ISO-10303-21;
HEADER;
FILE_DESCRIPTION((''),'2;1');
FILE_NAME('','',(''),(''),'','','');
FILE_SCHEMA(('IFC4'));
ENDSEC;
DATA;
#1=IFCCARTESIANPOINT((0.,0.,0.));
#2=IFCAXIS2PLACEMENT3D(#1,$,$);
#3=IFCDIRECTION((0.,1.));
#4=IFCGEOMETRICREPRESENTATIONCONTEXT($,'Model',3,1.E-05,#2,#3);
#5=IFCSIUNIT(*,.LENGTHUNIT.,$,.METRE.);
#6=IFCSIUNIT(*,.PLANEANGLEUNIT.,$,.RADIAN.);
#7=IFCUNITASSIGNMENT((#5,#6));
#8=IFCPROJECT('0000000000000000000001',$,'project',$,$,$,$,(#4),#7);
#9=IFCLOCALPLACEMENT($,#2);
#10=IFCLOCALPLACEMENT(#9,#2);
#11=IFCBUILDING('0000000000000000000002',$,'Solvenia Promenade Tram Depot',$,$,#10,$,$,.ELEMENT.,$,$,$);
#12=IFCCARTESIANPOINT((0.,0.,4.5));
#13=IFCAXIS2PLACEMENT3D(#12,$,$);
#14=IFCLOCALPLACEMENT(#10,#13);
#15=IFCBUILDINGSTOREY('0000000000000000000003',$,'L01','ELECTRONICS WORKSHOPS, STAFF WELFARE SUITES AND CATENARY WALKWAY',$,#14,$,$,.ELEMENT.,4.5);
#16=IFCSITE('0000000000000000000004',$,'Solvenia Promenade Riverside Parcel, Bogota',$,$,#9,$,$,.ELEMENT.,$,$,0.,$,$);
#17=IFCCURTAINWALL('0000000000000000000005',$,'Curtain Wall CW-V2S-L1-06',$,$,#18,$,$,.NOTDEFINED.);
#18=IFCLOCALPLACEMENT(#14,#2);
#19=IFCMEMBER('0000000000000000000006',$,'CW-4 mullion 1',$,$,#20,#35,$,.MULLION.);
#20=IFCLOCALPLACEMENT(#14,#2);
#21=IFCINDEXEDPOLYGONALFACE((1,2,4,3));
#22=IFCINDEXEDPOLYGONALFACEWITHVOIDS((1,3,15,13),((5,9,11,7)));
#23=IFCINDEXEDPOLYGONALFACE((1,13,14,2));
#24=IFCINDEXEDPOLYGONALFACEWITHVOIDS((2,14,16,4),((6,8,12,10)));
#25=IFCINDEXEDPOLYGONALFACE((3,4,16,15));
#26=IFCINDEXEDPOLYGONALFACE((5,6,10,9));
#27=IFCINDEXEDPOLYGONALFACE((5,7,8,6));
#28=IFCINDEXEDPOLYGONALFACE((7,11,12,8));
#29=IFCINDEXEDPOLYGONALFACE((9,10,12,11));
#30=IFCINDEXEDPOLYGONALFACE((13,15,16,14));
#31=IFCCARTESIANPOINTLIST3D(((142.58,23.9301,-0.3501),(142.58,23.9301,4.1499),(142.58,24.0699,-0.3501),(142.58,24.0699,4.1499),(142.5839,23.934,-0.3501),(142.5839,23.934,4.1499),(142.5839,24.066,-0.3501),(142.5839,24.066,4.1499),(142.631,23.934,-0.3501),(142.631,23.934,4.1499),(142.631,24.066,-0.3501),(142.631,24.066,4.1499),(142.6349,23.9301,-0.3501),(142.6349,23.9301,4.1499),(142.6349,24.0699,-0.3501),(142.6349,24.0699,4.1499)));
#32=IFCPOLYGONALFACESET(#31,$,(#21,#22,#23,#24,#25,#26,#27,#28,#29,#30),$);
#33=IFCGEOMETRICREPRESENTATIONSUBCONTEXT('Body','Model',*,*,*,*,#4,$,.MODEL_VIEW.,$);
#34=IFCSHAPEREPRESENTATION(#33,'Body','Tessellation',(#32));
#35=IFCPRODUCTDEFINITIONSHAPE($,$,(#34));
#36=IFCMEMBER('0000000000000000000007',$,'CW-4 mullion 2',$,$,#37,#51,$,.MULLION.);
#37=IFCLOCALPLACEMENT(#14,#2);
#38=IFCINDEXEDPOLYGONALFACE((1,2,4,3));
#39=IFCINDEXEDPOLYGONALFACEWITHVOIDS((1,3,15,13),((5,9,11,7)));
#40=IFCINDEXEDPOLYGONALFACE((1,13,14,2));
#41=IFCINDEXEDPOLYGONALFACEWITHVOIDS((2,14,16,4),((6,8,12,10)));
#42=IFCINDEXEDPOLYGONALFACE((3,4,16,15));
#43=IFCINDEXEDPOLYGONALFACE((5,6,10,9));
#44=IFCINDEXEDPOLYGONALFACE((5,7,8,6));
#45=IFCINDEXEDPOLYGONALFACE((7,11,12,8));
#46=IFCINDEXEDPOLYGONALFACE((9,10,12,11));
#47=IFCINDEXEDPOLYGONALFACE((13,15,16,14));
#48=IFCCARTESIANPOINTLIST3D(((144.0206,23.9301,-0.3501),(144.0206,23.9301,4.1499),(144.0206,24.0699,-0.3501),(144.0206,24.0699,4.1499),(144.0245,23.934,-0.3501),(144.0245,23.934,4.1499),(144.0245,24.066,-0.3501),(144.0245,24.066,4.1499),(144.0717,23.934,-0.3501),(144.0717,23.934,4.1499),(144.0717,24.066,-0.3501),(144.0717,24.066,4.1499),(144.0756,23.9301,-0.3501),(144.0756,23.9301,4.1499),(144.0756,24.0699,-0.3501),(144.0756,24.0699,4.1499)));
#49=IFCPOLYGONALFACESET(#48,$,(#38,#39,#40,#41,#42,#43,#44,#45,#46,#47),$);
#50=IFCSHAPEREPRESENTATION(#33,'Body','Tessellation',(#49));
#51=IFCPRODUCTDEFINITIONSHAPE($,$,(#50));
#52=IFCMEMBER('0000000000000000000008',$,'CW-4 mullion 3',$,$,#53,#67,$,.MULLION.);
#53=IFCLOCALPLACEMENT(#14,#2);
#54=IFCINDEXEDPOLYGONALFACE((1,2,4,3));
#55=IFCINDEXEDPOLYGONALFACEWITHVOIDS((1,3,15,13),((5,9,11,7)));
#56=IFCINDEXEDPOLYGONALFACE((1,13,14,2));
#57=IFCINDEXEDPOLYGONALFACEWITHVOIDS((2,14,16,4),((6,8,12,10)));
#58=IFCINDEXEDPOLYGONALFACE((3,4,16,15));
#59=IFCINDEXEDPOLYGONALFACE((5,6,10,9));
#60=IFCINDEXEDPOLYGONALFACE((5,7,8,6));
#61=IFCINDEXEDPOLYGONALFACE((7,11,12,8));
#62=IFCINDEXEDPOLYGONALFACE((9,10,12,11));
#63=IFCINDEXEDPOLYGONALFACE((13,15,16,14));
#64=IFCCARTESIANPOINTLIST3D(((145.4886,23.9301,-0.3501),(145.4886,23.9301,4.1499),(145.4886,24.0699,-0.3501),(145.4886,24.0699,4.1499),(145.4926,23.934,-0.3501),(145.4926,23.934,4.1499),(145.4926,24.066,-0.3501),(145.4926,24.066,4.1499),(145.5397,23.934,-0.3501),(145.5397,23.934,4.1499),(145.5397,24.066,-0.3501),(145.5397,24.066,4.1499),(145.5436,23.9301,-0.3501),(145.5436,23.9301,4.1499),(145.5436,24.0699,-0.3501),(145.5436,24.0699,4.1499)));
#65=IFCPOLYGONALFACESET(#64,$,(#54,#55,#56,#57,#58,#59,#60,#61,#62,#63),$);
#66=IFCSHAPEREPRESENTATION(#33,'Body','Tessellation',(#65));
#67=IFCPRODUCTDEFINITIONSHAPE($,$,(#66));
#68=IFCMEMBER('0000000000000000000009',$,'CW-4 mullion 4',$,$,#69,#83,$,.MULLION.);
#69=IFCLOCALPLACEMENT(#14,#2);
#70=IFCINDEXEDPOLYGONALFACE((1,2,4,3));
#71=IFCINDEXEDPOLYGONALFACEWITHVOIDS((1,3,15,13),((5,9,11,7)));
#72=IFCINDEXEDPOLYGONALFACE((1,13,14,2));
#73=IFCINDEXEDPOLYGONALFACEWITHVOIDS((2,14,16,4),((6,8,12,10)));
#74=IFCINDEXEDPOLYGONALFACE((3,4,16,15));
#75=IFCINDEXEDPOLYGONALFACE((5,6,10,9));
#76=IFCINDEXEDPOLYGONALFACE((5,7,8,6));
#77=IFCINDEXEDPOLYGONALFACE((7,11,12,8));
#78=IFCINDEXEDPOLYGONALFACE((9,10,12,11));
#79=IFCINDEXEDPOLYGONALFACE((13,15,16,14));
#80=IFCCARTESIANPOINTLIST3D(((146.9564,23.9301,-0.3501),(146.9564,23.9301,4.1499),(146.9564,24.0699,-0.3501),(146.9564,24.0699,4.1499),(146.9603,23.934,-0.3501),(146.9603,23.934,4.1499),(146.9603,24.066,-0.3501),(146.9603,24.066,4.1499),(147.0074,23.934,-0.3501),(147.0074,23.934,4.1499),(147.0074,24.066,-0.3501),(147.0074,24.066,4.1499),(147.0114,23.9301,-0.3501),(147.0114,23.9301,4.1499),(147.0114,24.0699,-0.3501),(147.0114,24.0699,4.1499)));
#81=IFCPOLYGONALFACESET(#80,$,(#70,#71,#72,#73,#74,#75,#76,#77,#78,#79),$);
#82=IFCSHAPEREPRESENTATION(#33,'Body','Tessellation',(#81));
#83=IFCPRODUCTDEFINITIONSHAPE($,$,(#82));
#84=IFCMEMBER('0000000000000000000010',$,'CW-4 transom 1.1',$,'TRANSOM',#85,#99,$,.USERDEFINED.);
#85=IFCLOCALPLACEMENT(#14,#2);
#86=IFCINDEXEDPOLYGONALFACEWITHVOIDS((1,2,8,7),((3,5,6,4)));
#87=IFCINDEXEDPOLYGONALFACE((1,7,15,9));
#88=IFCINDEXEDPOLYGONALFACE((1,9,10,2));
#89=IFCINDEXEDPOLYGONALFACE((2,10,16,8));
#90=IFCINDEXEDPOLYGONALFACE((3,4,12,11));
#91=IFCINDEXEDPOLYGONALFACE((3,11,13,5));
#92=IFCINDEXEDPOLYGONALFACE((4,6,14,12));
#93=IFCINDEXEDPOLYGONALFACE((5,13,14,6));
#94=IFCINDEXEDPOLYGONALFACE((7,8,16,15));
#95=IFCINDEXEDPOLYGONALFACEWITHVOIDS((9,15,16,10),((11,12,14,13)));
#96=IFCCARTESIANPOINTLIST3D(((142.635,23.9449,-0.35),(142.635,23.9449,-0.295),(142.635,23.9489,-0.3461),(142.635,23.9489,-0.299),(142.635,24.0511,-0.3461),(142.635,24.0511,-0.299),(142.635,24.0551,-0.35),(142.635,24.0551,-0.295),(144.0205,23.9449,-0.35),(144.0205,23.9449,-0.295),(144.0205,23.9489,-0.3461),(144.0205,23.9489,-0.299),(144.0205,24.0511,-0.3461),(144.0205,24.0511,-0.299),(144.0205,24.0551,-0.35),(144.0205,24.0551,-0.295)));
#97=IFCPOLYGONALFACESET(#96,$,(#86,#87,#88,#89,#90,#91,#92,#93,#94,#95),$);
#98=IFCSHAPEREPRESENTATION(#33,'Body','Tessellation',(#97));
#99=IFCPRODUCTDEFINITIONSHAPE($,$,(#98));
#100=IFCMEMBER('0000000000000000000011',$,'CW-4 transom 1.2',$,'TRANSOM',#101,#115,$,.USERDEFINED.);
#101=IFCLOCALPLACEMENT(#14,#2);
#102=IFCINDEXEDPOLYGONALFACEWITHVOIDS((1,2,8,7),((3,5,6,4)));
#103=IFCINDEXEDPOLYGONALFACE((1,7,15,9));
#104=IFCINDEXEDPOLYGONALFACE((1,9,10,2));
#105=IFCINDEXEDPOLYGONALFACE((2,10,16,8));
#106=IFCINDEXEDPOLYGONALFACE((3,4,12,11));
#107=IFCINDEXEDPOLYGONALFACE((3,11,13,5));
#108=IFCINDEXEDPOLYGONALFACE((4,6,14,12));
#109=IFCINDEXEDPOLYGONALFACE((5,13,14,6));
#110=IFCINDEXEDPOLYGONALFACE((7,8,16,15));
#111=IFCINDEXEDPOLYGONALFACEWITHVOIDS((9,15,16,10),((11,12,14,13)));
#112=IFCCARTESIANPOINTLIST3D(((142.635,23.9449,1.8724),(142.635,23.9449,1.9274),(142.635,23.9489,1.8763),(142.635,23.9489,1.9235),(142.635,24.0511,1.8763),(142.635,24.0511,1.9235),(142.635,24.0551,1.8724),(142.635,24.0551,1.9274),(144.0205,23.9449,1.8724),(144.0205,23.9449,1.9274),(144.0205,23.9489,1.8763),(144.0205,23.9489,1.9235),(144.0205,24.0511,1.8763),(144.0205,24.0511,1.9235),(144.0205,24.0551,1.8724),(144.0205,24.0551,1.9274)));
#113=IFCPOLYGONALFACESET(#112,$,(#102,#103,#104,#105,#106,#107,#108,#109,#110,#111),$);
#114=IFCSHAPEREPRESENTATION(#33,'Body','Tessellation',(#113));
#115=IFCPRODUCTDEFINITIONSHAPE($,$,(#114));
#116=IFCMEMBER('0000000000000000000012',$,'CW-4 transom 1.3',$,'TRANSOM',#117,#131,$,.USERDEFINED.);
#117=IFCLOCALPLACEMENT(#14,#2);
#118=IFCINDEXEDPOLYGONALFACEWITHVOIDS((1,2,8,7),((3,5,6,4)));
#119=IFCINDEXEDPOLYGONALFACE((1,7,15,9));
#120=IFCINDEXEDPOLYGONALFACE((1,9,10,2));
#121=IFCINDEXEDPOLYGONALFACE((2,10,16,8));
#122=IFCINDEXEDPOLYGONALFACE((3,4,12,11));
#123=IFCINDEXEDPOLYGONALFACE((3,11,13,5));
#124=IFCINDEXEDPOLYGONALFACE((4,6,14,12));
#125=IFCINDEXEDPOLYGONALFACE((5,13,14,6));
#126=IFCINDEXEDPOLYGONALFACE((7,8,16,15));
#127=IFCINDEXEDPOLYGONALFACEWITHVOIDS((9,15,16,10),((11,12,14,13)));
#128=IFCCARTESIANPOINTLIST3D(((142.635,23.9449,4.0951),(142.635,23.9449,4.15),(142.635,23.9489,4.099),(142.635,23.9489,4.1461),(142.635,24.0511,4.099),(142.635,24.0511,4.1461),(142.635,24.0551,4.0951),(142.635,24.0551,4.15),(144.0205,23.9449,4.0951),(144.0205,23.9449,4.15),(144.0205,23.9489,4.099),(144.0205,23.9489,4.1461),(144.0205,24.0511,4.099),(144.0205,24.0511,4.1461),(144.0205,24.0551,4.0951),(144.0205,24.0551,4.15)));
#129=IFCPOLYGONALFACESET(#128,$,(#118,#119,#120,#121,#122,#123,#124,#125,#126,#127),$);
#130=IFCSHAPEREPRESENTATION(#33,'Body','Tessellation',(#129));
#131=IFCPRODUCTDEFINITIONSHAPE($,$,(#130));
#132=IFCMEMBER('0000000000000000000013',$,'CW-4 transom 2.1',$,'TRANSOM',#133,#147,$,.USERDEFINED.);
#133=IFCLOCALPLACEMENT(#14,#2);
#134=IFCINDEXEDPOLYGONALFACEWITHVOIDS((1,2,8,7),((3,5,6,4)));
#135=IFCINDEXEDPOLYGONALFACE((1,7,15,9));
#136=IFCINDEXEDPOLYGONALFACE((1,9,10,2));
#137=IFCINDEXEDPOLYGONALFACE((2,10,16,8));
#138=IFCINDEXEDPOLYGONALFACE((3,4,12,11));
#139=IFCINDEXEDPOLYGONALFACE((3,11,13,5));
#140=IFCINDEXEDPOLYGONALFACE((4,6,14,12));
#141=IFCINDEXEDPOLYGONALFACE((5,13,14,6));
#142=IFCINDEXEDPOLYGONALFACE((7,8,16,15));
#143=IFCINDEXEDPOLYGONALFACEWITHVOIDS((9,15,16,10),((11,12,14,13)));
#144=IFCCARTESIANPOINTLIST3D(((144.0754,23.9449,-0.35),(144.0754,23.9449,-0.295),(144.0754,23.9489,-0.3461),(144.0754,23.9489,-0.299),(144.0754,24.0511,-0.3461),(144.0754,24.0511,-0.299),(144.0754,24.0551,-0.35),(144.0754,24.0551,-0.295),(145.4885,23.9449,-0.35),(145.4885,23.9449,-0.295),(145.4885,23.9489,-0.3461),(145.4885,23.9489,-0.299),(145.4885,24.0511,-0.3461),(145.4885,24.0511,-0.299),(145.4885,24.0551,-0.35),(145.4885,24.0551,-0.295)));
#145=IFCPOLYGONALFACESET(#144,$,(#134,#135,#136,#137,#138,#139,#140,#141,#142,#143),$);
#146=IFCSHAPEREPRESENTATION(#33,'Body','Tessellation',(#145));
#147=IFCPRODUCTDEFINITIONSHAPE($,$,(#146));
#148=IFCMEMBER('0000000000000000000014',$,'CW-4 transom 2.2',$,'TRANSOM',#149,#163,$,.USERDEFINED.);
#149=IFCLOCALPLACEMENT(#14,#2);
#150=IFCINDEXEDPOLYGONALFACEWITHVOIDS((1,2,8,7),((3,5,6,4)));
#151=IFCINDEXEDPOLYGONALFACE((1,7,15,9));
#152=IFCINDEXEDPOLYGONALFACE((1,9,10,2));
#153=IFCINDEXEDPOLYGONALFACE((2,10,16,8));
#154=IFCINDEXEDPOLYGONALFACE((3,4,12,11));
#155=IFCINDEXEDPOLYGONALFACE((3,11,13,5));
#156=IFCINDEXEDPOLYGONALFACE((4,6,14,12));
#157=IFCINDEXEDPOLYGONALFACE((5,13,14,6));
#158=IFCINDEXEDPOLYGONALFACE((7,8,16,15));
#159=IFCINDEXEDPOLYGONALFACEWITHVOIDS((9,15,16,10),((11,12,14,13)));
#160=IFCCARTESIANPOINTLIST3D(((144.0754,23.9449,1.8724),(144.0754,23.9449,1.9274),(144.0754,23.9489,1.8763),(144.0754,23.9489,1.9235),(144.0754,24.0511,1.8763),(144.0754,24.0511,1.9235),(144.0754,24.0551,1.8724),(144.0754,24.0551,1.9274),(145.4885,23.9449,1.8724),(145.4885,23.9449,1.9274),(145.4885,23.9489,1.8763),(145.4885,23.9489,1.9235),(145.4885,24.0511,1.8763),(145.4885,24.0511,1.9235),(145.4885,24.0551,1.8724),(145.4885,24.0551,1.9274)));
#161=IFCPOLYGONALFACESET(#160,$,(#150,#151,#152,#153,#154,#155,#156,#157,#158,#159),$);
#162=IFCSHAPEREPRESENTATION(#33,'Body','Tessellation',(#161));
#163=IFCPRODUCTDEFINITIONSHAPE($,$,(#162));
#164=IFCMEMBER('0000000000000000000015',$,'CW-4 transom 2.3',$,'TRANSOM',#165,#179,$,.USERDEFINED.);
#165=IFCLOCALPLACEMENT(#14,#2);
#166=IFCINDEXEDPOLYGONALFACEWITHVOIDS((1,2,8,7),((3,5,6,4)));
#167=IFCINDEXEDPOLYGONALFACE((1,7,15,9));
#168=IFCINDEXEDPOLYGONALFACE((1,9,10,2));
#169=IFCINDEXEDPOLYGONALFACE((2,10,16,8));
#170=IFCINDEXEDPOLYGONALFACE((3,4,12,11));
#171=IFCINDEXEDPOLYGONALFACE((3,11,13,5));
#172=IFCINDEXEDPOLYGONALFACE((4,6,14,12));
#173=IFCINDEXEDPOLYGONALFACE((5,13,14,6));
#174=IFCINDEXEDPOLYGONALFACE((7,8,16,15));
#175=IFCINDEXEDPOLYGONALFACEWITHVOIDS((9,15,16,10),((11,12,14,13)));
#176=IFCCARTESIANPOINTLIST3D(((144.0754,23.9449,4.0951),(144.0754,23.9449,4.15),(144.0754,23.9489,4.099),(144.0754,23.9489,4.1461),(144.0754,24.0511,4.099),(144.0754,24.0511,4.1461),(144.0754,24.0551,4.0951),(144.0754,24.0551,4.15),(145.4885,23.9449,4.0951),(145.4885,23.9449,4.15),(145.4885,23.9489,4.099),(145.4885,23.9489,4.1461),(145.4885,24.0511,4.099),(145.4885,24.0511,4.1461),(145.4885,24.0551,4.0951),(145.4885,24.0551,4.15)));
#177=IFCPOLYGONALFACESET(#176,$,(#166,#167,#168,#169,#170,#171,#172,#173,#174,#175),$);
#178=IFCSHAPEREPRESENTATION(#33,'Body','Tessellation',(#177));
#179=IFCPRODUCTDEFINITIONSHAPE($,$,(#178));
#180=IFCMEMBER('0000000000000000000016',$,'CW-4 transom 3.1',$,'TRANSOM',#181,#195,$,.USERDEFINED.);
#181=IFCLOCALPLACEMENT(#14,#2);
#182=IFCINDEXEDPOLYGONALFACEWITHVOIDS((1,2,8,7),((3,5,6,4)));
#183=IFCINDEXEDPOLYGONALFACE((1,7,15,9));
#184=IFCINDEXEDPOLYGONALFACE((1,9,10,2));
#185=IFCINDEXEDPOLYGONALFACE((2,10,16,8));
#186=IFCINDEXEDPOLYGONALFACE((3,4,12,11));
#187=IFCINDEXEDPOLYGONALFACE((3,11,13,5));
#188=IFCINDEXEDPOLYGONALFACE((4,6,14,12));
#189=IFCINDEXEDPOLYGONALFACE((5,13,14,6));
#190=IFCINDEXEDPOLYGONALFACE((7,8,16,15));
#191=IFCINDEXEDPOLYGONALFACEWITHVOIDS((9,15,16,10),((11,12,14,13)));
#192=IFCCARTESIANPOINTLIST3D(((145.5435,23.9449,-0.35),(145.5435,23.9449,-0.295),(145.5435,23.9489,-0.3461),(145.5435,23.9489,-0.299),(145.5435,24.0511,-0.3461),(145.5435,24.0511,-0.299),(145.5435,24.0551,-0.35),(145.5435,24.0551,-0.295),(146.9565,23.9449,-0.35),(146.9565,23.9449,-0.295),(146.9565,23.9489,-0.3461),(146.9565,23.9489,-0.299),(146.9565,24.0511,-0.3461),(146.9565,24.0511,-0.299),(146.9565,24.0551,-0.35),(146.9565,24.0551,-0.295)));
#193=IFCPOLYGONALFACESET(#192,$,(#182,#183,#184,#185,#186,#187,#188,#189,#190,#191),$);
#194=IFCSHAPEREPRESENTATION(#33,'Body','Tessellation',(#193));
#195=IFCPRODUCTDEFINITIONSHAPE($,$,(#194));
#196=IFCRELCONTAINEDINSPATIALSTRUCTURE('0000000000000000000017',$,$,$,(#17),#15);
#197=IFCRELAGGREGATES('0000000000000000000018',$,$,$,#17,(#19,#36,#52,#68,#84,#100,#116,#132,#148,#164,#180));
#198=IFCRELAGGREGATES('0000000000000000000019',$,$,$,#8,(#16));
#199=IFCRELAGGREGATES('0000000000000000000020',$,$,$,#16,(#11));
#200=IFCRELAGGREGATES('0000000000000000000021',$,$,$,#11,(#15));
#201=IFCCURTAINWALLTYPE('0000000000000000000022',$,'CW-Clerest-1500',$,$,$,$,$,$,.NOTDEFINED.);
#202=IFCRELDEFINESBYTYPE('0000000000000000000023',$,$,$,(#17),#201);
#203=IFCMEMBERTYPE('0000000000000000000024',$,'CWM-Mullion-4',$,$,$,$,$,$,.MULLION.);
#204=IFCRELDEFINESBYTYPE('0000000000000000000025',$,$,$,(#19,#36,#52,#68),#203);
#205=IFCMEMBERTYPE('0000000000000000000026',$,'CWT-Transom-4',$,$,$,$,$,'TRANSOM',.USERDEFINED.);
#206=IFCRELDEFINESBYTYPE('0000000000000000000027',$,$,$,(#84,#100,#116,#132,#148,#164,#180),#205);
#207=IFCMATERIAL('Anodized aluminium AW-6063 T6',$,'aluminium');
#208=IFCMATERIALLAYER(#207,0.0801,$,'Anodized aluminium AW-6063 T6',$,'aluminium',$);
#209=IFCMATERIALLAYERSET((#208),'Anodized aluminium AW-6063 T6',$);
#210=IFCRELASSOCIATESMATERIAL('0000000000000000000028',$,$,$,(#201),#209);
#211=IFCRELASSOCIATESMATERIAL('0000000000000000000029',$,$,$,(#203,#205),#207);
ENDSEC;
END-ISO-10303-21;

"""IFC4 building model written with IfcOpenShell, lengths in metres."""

from ifc_helpers import new_model, si_unit, direction, frame, origin, origin_2d, place, context, subcontext, project, spatial, hollow_rectangle, extrude, material, layer, layer_set, material_profile, profile_set, type_object, element, aggregate, save


model = new_model("IFC4")

# Units and contexts
model_context = context("Model", 3, precision=1e-05, world=origin(), true_north=direction((0.0, 1.0)))
body_context = subcontext(model_context, "Body", "Model", "MODEL_VIEW")
ifc_project = project(units=[si_unit("LENGTHUNIT", "METRE"), si_unit("PLANEANGLEUNIT", "RADIAN")], contexts=[model_context])

# Site, building, storey
site_placement = place(None, origin())
site = spatial("IfcSite", under=ifc_project, at=site_placement, Name="Solvenia Promenade Riverside Parcel, Bogota", CompositionType="ELEMENT", RefElevation=0.0)
building_placement = place(site_placement, origin())
building = spatial("IfcBuilding", under=site, at=building_placement, Name="Solvenia Promenade Tram Depot", CompositionType="ELEMENT")
storey_placement = place(building_placement, frame((0.0, 0.0, 4.5)))
storey = spatial("IfcBuildingStorey", under=building, at=storey_placement, Name="L01", Description="ELECTRONICS WORKSHOPS, STAFF WELFARE SUITES AND CATENARY WALKWAY", CompositionType="ELEMENT", Elevation=4.5)

# Curtain wall, members
ifc_material_1 = material(Name="Anodized aluminium AW-6063 T6", Category="aluminium")
ifc_layer_1 = layer(ifc_material_1, 0.0801, Name="Anodized aluminium AW-6063 T6", Category="aluminium")
ifc_layer_set_1 = layer_set([ifc_layer_1], Name="Anodized aluminium AW-6063 T6")
curtain_wall_type = type_object("IfcCurtainWallType", Name="CW-Clerest-1500", PredefinedType="NOTDEFINED", material=ifc_layer_set_1)
curtain_wall_placement = place(storey_placement, origin())
curtain_wall = element("IfcCurtainWall", 1, at=curtain_wall_placement, inside=storey, type_object=curtain_wall_type, Name="Curtain Wall CW-V2S-L1-06", PredefinedType="NOTDEFINED")
ifc_material_profile_1 = material_profile(ifc_material_1, hollow_rectangle(XDim=0.1399, YDim=0.0549, WallThickness=0.0039, at=origin_2d()), Name="ALU-M4", Category="aluminium")
ifc_profile_set_1 = profile_set([ifc_material_profile_1], Name="Anodized aluminium AW-6063 T6")
member_type_1 = type_object("IfcMemberType", Name="CWM-Mullion-4", PredefinedType="MULLION", material=ifc_profile_set_1)
member_1_placement = place(storey_placement, frame((142.6074, 24.0, -0.3501), z_axis=(0.0, 0.0, 1.0), x_axis=(0.0, 1.0, 0.0)))
member_1 = element("IfcMember", 2, at=member_1_placement, type_object=member_type_1, Name="CW-4 mullion 1", PredefinedType="MULLION", context=body_context, shape_type="SweptSolid", body=[
    extrude(hollow_rectangle(XDim=0.1399, YDim=0.0549, WallThickness=0.0039, at=origin_2d()), origin(), (0.0, 0.0, 1.0), 4.5),
])
member_2_placement = place(storey_placement, frame((144.0481, 24.0, -0.3501), z_axis=(0.0, 0.0, 1.0), x_axis=(0.0, 1.0, 0.0)))
member_2 = element("IfcMember", 3, at=member_2_placement, type_object=member_type_1, Name="CW-4 mullion 2", PredefinedType="MULLION", context=body_context, shape_type="SweptSolid", body=[
    extrude(hollow_rectangle(XDim=0.1399, YDim=0.0549, WallThickness=0.0039, at=origin_2d()), origin(), (0.0, 0.0, 1.0), 4.5),
])
member_3_placement = place(storey_placement, frame((145.5161, 24.0, -0.3501), z_axis=(0.0, 0.0, 1.0), x_axis=(0.0, 1.0, 0.0)))
member_3 = element("IfcMember", 4, at=member_3_placement, type_object=member_type_1, Name="CW-4 mullion 3", PredefinedType="MULLION", context=body_context, shape_type="SweptSolid", body=[
    extrude(hollow_rectangle(XDim=0.1399, YDim=0.0549, WallThickness=0.0039, at=origin_2d()), origin(), (0.0, 0.0, 1.0), 4.5),
])
member_4_placement = place(storey_placement, frame((146.9839, 24.0, -0.3501), z_axis=(0.0, 0.0, 1.0), x_axis=(0.0, 1.0, 0.0)))
member_4 = element("IfcMember", 5, at=member_4_placement, type_object=member_type_1, Name="CW-4 mullion 4", PredefinedType="MULLION", context=body_context, shape_type="SweptSolid", body=[
    extrude(hollow_rectangle(XDim=0.1399, YDim=0.0549, WallThickness=0.0039, at=origin_2d()), origin(), (0.0, 0.0, 1.0), 4.5),
])
ifc_material_profile_2 = material_profile(ifc_material_1, hollow_rectangle(XDim=0.1101, YDim=0.0549, WallThickness=0.0039, at=origin_2d()), Name="ALU-T4", Category="aluminium")
ifc_profile_set_2 = profile_set([ifc_material_profile_2], Name="Anodized aluminium AW-6063 T6")
member_type_2 = type_object("IfcMemberType", Name="CWT-Transom-4", ElementType="TRANSOM", PredefinedType="USERDEFINED", material=ifc_profile_set_2)
member_5_placement = place(storey_placement, frame((142.635, 24.0, -0.3225), z_axis=(1.0, 0.0, 0.0), x_axis=(0.0, 1.0, 0.0)))
member_5 = element("IfcMember", 6, at=member_5_placement, type_object=member_type_2, Name="CW-4 transom 1.1", ObjectType="TRANSOM", PredefinedType="USERDEFINED", context=body_context, shape_type="SweptSolid", body=[
    extrude(hollow_rectangle(XDim=0.1101, YDim=0.0549, WallThickness=0.0039, at=origin_2d()), origin(), (0.0, 0.0, 1.0), 1.3855),
])
member_6_placement = place(storey_placement, frame((142.635, 24.0, 1.8999), z_axis=(1.0, 0.0, 0.0), x_axis=(0.0, 1.0, 0.0)))
member_6 = element("IfcMember", 7, at=member_6_placement, type_object=member_type_2, Name="CW-4 transom 1.2", ObjectType="TRANSOM", PredefinedType="USERDEFINED", context=body_context, shape_type="SweptSolid", body=[
    extrude(hollow_rectangle(XDim=0.1101, YDim=0.0549, WallThickness=0.0039, at=origin_2d()), origin(), (0.0, 0.0, 1.0), 1.3855),
])
member_7_placement = place(storey_placement, frame((142.635, 24.0, 4.1226), z_axis=(1.0, 0.0, 0.0), x_axis=(0.0, 1.0, 0.0)))
member_7 = element("IfcMember", 8, at=member_7_placement, type_object=member_type_2, Name="CW-4 transom 1.3", ObjectType="TRANSOM", PredefinedType="USERDEFINED", context=body_context, shape_type="SweptSolid", body=[
    extrude(hollow_rectangle(XDim=0.1101, YDim=0.0549, WallThickness=0.0039, at=origin_2d()), origin(), (0.0, 0.0, 1.0), 1.3855),
])
member_8_placement = place(storey_placement, frame((144.0754, 24.0, -0.3225), z_axis=(1.0, 0.0, 0.0), x_axis=(0.0, 1.0, 0.0)))
member_8 = element("IfcMember", 9, at=member_8_placement, type_object=member_type_2, Name="CW-4 transom 2.1", ObjectType="TRANSOM", PredefinedType="USERDEFINED", context=body_context, shape_type="SweptSolid", body=[
    extrude(hollow_rectangle(XDim=0.1101, YDim=0.0549, WallThickness=0.0039, at=origin_2d()), origin(), (0.0, 0.0, 1.0), 1.4131),
])
member_9_placement = place(storey_placement, frame((144.0754, 24.0, 1.8999), z_axis=(1.0, 0.0, 0.0), x_axis=(0.0, 1.0, 0.0)))
member_9 = element("IfcMember", 10, at=member_9_placement, type_object=member_type_2, Name="CW-4 transom 2.2", ObjectType="TRANSOM", PredefinedType="USERDEFINED", context=body_context, shape_type="SweptSolid", body=[
    extrude(hollow_rectangle(XDim=0.1101, YDim=0.0549, WallThickness=0.0039, at=origin_2d()), origin(), (0.0, 0.0, 1.0), 1.4131),
])
member_10_placement = place(storey_placement, frame((144.0754, 24.0, 4.1226), z_axis=(1.0, 0.0, 0.0), x_axis=(0.0, 1.0, 0.0)))
member_10 = element("IfcMember", 11, at=member_10_placement, type_object=member_type_2, Name="CW-4 transom 2.3", ObjectType="TRANSOM", PredefinedType="USERDEFINED", context=body_context, shape_type="SweptSolid", body=[
    extrude(hollow_rectangle(XDim=0.1101, YDim=0.0549, WallThickness=0.0039, at=origin_2d()), origin(), (0.0, 0.0, 1.0), 1.4131),
])
member_11_placement = place(storey_placement, frame((145.5435, 24.0, -0.3225), z_axis=(1.0, 0.0, 0.0), x_axis=(0.0, 1.0, 0.0)))
member_11 = element("IfcMember", 12, at=member_11_placement, type_object=member_type_2, Name="CW-4 transom 3.1", ObjectType="TRANSOM", PredefinedType="USERDEFINED", context=body_context, shape_type="SweptSolid", body=[
    extrude(hollow_rectangle(XDim=0.1101, YDim=0.0549, WallThickness=0.0039, at=origin_2d()), origin(), (0.0, 0.0, 1.0), 1.4131),
])
aggregate(curtain_wall, [member_1, member_2, member_3, member_4, member_5, member_6, member_7, member_8, member_9, member_10, member_11])

save(model, "model.ifc")
